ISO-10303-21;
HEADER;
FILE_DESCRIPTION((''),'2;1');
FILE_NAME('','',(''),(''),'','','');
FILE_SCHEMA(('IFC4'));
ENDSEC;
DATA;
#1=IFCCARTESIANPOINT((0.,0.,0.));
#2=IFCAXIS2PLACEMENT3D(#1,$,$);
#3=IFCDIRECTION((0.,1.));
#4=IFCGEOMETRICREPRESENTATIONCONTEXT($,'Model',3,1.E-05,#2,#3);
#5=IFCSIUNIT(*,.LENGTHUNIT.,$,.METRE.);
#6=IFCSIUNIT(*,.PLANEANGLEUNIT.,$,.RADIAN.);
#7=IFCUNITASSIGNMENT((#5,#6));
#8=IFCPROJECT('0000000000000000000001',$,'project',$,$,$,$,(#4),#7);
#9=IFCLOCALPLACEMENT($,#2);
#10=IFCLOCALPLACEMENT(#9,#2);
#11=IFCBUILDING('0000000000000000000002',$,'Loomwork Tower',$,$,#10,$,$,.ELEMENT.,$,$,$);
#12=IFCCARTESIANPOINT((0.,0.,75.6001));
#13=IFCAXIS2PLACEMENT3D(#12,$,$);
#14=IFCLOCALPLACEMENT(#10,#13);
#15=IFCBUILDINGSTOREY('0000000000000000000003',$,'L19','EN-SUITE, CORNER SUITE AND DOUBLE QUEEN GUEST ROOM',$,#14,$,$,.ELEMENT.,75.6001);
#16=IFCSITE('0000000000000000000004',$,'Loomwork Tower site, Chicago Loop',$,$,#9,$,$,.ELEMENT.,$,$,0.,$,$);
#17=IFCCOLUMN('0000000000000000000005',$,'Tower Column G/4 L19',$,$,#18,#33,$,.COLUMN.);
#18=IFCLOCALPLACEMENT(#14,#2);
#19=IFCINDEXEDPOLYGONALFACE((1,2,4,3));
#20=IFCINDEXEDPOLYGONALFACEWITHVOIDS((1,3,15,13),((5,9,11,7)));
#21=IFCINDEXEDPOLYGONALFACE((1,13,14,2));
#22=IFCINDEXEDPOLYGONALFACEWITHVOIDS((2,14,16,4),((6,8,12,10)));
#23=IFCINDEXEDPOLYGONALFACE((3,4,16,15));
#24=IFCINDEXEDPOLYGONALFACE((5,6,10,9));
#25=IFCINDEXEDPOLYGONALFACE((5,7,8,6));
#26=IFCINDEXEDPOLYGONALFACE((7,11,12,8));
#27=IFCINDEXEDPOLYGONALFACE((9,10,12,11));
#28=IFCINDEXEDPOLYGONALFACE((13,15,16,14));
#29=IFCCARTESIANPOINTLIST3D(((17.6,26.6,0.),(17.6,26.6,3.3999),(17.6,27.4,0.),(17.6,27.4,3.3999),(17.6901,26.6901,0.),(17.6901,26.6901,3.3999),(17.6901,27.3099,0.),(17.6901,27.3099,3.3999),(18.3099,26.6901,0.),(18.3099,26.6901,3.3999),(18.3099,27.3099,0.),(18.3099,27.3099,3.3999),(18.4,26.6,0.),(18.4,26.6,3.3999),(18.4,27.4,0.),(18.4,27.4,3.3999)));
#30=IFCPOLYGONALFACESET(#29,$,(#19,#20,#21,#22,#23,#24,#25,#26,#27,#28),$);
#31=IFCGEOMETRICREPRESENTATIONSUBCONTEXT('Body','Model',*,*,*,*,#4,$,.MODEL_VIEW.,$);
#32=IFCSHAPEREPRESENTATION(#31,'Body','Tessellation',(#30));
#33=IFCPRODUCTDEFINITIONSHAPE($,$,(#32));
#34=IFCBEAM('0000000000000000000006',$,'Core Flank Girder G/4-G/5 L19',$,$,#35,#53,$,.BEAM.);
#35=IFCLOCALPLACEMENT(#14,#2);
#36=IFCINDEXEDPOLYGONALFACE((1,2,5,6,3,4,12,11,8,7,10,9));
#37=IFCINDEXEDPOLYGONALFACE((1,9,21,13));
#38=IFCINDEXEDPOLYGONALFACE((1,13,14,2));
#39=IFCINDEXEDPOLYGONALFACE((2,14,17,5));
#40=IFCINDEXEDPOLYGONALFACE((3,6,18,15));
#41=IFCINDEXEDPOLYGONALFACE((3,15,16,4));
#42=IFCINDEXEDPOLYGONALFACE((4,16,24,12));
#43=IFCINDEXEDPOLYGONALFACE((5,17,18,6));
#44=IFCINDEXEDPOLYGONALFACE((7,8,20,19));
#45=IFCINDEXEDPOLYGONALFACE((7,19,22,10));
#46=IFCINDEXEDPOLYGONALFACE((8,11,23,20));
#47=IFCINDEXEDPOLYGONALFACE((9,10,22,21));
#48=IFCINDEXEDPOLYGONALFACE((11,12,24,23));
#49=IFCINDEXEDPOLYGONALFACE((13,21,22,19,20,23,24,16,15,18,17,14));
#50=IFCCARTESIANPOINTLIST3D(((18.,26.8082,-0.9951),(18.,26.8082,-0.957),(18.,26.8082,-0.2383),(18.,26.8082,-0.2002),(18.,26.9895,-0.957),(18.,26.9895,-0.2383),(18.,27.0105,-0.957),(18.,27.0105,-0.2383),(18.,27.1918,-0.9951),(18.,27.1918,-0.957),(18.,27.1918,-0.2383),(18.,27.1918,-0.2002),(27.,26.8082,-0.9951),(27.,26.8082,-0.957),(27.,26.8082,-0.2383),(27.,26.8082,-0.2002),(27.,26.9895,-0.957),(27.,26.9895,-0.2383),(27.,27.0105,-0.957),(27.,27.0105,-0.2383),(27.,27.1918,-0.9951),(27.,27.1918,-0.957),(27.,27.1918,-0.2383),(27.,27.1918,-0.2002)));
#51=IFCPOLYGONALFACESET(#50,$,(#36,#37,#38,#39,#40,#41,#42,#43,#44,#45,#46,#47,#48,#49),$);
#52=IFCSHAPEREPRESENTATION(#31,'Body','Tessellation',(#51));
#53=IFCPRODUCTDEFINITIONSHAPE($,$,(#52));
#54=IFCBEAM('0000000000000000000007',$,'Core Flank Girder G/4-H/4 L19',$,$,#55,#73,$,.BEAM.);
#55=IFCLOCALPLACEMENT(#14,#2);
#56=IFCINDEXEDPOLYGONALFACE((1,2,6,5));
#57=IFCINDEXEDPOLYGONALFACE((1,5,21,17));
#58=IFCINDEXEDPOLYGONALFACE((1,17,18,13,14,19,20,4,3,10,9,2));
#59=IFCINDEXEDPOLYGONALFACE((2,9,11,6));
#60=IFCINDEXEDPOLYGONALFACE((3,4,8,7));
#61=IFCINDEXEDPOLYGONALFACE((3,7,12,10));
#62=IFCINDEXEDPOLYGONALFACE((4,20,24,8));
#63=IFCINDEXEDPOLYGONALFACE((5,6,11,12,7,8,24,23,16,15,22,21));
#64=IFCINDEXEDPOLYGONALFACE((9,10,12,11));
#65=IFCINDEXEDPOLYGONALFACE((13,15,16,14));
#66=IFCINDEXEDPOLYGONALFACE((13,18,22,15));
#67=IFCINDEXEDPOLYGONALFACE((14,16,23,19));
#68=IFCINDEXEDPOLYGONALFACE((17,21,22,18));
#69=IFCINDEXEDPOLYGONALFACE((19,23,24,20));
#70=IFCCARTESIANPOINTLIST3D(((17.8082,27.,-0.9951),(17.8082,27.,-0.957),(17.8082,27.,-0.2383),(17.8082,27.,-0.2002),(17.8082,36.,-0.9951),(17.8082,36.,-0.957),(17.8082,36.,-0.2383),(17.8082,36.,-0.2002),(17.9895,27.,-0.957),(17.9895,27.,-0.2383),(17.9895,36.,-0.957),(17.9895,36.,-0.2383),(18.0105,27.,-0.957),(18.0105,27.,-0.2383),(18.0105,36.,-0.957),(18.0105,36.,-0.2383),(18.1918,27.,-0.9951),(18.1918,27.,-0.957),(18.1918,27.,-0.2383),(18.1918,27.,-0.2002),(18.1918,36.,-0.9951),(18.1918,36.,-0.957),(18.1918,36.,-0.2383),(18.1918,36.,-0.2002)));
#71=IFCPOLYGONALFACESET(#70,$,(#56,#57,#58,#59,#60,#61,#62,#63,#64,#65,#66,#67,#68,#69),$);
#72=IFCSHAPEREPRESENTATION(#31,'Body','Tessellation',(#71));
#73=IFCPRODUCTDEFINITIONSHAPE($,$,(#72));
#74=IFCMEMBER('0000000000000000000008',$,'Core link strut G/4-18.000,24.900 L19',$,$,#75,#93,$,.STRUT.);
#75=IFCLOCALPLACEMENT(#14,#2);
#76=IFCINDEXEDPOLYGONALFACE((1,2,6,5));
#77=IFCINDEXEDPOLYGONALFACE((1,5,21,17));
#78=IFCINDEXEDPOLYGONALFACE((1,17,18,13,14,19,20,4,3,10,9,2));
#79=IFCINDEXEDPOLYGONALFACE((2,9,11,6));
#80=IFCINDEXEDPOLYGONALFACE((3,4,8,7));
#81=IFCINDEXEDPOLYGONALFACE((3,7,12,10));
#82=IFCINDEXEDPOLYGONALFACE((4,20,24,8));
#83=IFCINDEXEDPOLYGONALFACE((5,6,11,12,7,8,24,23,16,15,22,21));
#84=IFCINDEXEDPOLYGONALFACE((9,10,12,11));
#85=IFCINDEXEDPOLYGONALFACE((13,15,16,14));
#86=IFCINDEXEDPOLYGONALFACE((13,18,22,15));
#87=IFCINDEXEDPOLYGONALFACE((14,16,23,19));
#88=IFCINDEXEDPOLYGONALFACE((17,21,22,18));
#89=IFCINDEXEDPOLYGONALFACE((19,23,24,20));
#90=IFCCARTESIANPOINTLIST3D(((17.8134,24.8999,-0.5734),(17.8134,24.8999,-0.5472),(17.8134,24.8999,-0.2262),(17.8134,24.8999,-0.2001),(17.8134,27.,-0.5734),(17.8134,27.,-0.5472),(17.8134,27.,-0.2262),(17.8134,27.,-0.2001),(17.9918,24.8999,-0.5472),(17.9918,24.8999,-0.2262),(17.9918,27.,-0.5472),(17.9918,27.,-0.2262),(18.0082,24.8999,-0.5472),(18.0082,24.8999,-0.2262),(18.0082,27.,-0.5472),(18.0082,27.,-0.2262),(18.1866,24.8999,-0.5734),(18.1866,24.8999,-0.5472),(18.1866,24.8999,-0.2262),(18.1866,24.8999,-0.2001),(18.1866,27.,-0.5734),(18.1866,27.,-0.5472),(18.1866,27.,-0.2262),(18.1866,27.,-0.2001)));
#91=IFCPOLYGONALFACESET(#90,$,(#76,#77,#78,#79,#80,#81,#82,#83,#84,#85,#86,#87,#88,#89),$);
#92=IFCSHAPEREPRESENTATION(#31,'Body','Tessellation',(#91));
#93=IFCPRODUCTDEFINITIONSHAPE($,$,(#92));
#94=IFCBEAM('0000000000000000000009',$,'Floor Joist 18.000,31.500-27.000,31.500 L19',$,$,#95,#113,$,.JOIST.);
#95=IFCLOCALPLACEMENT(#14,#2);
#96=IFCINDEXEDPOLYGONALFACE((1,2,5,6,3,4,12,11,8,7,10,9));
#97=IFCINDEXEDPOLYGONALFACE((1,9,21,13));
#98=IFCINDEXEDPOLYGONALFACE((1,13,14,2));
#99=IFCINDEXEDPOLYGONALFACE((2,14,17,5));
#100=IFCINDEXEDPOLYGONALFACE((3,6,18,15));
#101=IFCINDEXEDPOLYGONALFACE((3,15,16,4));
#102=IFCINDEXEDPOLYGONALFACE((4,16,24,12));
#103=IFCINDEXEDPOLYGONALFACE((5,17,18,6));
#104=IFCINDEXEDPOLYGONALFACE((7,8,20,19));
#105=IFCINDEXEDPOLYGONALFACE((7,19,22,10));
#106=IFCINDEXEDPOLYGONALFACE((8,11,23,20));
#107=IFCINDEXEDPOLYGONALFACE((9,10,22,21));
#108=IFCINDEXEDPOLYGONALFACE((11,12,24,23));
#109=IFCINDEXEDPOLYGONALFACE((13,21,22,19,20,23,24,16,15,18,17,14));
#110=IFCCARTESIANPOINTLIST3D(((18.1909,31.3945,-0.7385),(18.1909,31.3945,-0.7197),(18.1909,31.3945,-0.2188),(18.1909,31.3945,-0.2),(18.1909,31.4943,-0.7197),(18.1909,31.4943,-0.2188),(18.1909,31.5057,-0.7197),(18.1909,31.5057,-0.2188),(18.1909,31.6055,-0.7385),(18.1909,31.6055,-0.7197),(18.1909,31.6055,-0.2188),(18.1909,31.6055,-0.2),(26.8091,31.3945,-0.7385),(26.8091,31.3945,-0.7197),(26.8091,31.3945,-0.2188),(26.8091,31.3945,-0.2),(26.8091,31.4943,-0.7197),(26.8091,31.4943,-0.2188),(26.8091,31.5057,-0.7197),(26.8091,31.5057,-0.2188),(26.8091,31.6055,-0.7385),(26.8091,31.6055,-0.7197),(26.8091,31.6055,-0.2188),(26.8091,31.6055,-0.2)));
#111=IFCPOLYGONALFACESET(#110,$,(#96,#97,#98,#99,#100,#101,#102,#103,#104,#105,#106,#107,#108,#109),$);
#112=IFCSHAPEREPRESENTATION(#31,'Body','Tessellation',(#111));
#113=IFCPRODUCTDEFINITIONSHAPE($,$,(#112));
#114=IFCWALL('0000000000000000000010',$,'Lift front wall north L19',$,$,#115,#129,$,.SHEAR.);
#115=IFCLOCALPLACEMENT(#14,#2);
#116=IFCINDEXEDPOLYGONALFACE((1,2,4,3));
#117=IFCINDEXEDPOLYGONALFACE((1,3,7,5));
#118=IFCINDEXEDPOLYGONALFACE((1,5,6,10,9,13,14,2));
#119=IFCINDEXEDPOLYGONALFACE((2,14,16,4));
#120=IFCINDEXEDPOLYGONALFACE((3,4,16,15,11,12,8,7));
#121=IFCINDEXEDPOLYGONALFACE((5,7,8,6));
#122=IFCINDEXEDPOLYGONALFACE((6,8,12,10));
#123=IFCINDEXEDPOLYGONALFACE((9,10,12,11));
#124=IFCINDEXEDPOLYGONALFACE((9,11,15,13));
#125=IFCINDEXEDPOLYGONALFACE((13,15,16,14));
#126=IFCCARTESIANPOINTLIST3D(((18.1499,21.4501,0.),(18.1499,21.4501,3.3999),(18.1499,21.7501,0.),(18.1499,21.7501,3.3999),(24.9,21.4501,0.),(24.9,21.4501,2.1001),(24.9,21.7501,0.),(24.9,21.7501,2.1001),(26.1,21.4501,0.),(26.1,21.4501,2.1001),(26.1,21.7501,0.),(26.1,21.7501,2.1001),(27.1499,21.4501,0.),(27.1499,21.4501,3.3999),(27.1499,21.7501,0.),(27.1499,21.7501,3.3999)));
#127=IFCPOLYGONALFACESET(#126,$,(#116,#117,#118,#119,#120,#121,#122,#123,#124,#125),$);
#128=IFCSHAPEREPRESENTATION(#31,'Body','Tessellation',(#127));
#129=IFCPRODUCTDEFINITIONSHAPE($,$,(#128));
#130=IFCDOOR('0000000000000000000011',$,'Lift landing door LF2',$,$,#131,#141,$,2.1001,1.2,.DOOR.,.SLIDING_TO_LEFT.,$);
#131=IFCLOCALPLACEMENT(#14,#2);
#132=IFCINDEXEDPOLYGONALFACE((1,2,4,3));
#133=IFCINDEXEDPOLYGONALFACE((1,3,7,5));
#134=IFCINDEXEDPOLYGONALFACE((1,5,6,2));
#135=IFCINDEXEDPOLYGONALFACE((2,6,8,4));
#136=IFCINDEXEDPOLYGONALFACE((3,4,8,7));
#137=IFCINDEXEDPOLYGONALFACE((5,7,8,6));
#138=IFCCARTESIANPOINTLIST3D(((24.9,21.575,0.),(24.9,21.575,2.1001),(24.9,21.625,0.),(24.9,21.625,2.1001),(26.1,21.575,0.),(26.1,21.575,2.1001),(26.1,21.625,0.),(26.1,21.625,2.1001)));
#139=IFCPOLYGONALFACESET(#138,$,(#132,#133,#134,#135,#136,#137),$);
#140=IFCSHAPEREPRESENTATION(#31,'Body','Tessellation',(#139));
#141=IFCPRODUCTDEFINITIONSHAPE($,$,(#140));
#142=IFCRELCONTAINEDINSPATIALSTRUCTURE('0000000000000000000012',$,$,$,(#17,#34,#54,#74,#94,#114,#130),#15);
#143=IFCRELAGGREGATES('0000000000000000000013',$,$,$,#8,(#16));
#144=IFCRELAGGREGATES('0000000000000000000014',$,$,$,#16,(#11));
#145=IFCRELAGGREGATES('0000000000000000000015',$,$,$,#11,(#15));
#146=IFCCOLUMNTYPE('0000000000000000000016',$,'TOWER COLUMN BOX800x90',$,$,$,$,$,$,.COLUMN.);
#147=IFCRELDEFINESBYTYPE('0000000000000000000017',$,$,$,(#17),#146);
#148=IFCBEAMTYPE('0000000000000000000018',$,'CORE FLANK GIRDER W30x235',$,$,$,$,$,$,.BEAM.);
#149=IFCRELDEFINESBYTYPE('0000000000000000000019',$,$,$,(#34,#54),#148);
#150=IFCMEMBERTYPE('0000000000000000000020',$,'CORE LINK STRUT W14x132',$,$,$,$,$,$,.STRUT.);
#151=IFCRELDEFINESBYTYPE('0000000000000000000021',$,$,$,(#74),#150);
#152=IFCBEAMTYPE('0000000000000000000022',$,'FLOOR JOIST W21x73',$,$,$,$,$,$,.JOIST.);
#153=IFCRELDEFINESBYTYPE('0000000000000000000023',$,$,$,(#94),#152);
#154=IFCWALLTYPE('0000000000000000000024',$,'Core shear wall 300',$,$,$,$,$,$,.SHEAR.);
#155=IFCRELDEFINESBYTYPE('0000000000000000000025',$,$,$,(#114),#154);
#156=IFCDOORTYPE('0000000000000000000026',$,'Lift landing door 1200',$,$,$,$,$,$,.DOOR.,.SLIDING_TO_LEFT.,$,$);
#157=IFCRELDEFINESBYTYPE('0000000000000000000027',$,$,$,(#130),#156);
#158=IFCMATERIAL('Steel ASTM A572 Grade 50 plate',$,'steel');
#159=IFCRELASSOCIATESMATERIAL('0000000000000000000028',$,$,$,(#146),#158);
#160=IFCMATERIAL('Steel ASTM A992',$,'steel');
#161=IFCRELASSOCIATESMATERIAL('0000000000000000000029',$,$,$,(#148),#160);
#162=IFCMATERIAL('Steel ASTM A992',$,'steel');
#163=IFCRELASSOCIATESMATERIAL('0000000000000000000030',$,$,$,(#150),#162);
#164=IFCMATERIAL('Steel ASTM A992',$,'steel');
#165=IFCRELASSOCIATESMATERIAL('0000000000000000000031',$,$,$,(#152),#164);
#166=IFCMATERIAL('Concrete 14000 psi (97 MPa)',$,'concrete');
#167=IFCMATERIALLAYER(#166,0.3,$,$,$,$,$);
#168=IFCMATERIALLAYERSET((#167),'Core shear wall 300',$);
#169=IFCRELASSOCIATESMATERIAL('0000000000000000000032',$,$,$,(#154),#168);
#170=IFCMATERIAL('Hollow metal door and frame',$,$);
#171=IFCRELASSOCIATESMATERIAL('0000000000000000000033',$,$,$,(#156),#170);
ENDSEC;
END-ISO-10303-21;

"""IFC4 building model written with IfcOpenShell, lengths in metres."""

from ifc_helpers import new_model, si_unit, direction, frame, frame_2d, origin, origin_2d, place, context, subcontext, project, spatial, rectangle, hollow_rectangle, i_section, extrude, material, layer, layer_set, material_profile, profile_set, type_object, element, fill, save


model = new_model("IFC4")

# Units and contexts
model_context = context("Model", 3, precision=1e-05, world=origin(), true_north=direction((0.0, 1.0)))
body_context = subcontext(model_context, "Body", "Model", "MODEL_VIEW")
ifc_project = project(units=[si_unit("LENGTHUNIT", "METRE"), si_unit("PLANEANGLEUNIT", "RADIAN")], contexts=[model_context])

# Site, building, storey
site_placement = place(None, origin())
site = spatial("IfcSite", under=ifc_project, at=site_placement, Name="Loomwork Tower site, Chicago Loop", CompositionType="ELEMENT", RefElevation=0.0)
building_placement = place(site_placement, origin())
building = spatial("IfcBuilding", under=site, at=building_placement, Name="Loomwork Tower", CompositionType="ELEMENT")
storey_placement = place(building_placement, frame((0.0, 0.0, 75.6001)))
storey = spatial("IfcBuildingStorey", under=building, at=storey_placement, Name="L19", Description="EN-SUITE, CORNER SUITE AND DOUBLE QUEEN GUEST ROOM", CompositionType="ELEMENT", Elevation=75.6001)

# Column
ifc_material_1 = material(Name="Steel ASTM A572 Grade 50 plate", Category="steel")
ifc_material_profile_1 = material_profile(ifc_material_1, hollow_rectangle(XDim=0.8, YDim=0.8, WallThickness=0.0901, at=origin_2d()), Name="BOX800x90")
ifc_profile_set_1 = profile_set([ifc_material_profile_1], Name="Steel ASTM A572 Grade 50 plate")
column_type = type_object("IfcColumnType", Name="TOWER COLUMN BOX800x90", PredefinedType="COLUMN", material=ifc_profile_set_1)
column_placement = place(storey_placement, frame((18.0, 27.0, 0.0), z_axis=(0.0, 0.0, 1.0), x_axis=(1.0, 0.0, 0.0)))
element("IfcColumn", 1, at=column_placement, inside=storey, type_object=column_type, Name="Tower Column G/4 L19", PredefinedType="COLUMN", context=body_context, shape_type="SweptSolid", body=[
    extrude(hollow_rectangle(XDim=0.8, YDim=0.8, WallThickness=0.0901, at=origin_2d()), origin(), (0.0, 0.0, 1.0), 3.3999),
])

# Beams
ifc_material_2 = material(Name="Steel ASTM A992", Category="steel")
ifc_material_profile_2 = material_profile(ifc_material_2, i_section(OverallWidth=0.3835, OverallDepth=0.7949, WebThickness=0.021, FlangeThickness=0.0381, at=origin_2d()), Name="W30x235")
ifc_profile_set_2 = profile_set([ifc_material_profile_2], Name="Steel ASTM A992")
beam_type_1 = type_object("IfcBeamType", Name="CORE FLANK GIRDER W30x235", PredefinedType="BEAM", material=ifc_profile_set_2)
for number, where, z_axis, x_axis, name in (
    (2, (18.0, 27.0, -0.5977), (1.0, 0.0, 0.0), (0.0, 1.0, 0.0), "Core Flank Girder G/4-G/5 L19"),
    (3, (18.0, 27.0, -0.5977), (0.0, 1.0, 0.0), (-1.0, 0.0, 0.0), "Core Flank Girder G/4-H/4 L19"),
):
    element("IfcBeam", number, at=place(storey_placement, frame(where, z_axis=z_axis, x_axis=x_axis)), inside=storey, type_object=beam_type_1, Name=name, PredefinedType="BEAM", context=body_context, shape_type="SweptSolid", body=[
        extrude(i_section(OverallWidth=0.3835, OverallDepth=0.7949, WebThickness=0.021, FlangeThickness=0.0381, at=origin_2d()), origin(), (0.0, 0.0, 1.0), 9.0),
    ])

# Member
ifc_material_3 = material(Name="Steel ASTM A992", Category="steel")
ifc_material_profile_3 = material_profile(ifc_material_3, i_section(OverallWidth=0.3733, OverallDepth=0.3733, WebThickness=0.0164, FlangeThickness=0.0261, at=origin_2d()), Name="W14x132")
ifc_profile_set_3 = profile_set([ifc_material_profile_3], Name="Steel ASTM A992")
member_type = type_object("IfcMemberType", Name="CORE LINK STRUT W14x132", PredefinedType="STRUT", material=ifc_profile_set_3)
member_placement = place(storey_placement, frame((18.0, 27.0, -0.3867), z_axis=(0.0, -1.0, 0.0), x_axis=(1.0, 0.0, 0.0)))
element("IfcMember", 4, at=member_placement, inside=storey, type_object=member_type, Name="Core link strut G/4-18.000,24.900 L19", PredefinedType="STRUT", context=body_context, shape_type="SweptSolid", body=[
    extrude(i_section(OverallWidth=0.3733, OverallDepth=0.3733, WebThickness=0.0164, FlangeThickness=0.0261, at=origin_2d()), origin(), (0.0, 0.0, 1.0), 2.1001),
])

# Beam
ifc_material_4 = material(Name="Steel ASTM A992", Category="steel")
ifc_material_profile_4 = material_profile(ifc_material_4, i_section(OverallWidth=0.2109, OverallDepth=0.5386, WebThickness=0.0115, FlangeThickness=0.0188, at=origin_2d()), Name="W21x73")
ifc_profile_set_4 = profile_set([ifc_material_profile_4], Name="Steel ASTM A992")
beam_type_2 = type_object("IfcBeamType", Name="FLOOR JOIST W21x73", PredefinedType="JOIST", material=ifc_profile_set_4)
beam_placement = place(storey_placement, frame((18.1909, 31.5, -0.4692), z_axis=(1.0, 0.0, 0.0), x_axis=(0.0, 1.0, 0.0)))
element("IfcBeam", 5, at=beam_placement, inside=storey, type_object=beam_type_2, Name="Floor Joist 18.000,31.500-27.000,31.500 L19", PredefinedType="JOIST", context=body_context, shape_type="SweptSolid", body=[
    extrude(i_section(OverallWidth=0.2109, OverallDepth=0.5386, WebThickness=0.0115, FlangeThickness=0.0188, at=origin_2d()), origin(), (0.0, 0.0, 1.0), 8.6182),
])

# Wall, opening, door
ifc_material_5 = material(Name="Concrete 14000 psi (97 MPa)", Category="concrete")
ifc_layer_1 = layer(ifc_material_5, 0.3)
ifc_layer_set_1 = layer_set([ifc_layer_1], Name="Core shear wall 300")
wall_type_1 = type_object("IfcWallType", Name="Core shear wall 300", PredefinedType="SHEAR", material=ifc_layer_set_1)
wall_1_placement = place(storey_placement, frame((18.1499, 21.6001, 0.0), z_axis=(0.0, 0.0, 1.0), x_axis=(1.0, 0.0, 0.0)))
wall_1 = element("IfcWall", 6, at=wall_1_placement, inside=storey, type_object=wall_type_1, Name="Lift front wall north L19", PredefinedType="SHEAR", context=body_context, shape_type="SweptSolid", body=[
    extrude(rectangle(XDim=9.0, YDim=0.3, at=frame_2d((4.5, 0.0))), origin(), (0.0, 0.0, 1.0), 3.3999),
])
opening_1_placement = place(wall_1_placement, frame((6.75, 0.0, 0.0)))
opening_1 = element("IfcOpeningElement", 7, at=opening_1_placement, cuts=wall_1, PredefinedType="OPENING", context=body_context, shape_type="SweptSolid", body=[
    extrude(rectangle(XDim=1.2, YDim=2.1001, at=frame_2d((0.6001, 1.05))), frame((0.0, 0.1599, 0.0), z_axis=(0.0, -1.0, 0.0), x_axis=(1.0, 0.0, 0.0)), (0.0, 0.0, 1.0), 0.3201),
])
ifc_material_6 = material(Name="Hollow metal door and frame")
door_type_1 = type_object("IfcDoorType", Name="Lift landing door 1200", OperationType="SLIDING_TO_LEFT", PredefinedType="DOOR", material=ifc_material_6)
door_1_placement = place(opening_1_placement, origin())
door_1 = element("IfcDoor", 8, at=door_1_placement, inside=storey, type_object=door_type_1, Name="Lift landing door LF2", OperationType="SLIDING_TO_LEFT", OverallHeight=2.1001, OverallWidth=1.2, PredefinedType="DOOR", context=body_context, shape_type="SweptSolid", body=[
    extrude(rectangle(XDim=1.2, YDim=2.1001, at=frame_2d((0.6001, 1.05))), frame((0.0, 0.0249, 0.0), z_axis=(0.0, -1.0, 0.0), x_axis=(1.0, 0.0, 0.0)), (0.0, 0.0, 1.0), 0.05),
])
fill(opening_1, door_1)

save(model, "model.ifc")
